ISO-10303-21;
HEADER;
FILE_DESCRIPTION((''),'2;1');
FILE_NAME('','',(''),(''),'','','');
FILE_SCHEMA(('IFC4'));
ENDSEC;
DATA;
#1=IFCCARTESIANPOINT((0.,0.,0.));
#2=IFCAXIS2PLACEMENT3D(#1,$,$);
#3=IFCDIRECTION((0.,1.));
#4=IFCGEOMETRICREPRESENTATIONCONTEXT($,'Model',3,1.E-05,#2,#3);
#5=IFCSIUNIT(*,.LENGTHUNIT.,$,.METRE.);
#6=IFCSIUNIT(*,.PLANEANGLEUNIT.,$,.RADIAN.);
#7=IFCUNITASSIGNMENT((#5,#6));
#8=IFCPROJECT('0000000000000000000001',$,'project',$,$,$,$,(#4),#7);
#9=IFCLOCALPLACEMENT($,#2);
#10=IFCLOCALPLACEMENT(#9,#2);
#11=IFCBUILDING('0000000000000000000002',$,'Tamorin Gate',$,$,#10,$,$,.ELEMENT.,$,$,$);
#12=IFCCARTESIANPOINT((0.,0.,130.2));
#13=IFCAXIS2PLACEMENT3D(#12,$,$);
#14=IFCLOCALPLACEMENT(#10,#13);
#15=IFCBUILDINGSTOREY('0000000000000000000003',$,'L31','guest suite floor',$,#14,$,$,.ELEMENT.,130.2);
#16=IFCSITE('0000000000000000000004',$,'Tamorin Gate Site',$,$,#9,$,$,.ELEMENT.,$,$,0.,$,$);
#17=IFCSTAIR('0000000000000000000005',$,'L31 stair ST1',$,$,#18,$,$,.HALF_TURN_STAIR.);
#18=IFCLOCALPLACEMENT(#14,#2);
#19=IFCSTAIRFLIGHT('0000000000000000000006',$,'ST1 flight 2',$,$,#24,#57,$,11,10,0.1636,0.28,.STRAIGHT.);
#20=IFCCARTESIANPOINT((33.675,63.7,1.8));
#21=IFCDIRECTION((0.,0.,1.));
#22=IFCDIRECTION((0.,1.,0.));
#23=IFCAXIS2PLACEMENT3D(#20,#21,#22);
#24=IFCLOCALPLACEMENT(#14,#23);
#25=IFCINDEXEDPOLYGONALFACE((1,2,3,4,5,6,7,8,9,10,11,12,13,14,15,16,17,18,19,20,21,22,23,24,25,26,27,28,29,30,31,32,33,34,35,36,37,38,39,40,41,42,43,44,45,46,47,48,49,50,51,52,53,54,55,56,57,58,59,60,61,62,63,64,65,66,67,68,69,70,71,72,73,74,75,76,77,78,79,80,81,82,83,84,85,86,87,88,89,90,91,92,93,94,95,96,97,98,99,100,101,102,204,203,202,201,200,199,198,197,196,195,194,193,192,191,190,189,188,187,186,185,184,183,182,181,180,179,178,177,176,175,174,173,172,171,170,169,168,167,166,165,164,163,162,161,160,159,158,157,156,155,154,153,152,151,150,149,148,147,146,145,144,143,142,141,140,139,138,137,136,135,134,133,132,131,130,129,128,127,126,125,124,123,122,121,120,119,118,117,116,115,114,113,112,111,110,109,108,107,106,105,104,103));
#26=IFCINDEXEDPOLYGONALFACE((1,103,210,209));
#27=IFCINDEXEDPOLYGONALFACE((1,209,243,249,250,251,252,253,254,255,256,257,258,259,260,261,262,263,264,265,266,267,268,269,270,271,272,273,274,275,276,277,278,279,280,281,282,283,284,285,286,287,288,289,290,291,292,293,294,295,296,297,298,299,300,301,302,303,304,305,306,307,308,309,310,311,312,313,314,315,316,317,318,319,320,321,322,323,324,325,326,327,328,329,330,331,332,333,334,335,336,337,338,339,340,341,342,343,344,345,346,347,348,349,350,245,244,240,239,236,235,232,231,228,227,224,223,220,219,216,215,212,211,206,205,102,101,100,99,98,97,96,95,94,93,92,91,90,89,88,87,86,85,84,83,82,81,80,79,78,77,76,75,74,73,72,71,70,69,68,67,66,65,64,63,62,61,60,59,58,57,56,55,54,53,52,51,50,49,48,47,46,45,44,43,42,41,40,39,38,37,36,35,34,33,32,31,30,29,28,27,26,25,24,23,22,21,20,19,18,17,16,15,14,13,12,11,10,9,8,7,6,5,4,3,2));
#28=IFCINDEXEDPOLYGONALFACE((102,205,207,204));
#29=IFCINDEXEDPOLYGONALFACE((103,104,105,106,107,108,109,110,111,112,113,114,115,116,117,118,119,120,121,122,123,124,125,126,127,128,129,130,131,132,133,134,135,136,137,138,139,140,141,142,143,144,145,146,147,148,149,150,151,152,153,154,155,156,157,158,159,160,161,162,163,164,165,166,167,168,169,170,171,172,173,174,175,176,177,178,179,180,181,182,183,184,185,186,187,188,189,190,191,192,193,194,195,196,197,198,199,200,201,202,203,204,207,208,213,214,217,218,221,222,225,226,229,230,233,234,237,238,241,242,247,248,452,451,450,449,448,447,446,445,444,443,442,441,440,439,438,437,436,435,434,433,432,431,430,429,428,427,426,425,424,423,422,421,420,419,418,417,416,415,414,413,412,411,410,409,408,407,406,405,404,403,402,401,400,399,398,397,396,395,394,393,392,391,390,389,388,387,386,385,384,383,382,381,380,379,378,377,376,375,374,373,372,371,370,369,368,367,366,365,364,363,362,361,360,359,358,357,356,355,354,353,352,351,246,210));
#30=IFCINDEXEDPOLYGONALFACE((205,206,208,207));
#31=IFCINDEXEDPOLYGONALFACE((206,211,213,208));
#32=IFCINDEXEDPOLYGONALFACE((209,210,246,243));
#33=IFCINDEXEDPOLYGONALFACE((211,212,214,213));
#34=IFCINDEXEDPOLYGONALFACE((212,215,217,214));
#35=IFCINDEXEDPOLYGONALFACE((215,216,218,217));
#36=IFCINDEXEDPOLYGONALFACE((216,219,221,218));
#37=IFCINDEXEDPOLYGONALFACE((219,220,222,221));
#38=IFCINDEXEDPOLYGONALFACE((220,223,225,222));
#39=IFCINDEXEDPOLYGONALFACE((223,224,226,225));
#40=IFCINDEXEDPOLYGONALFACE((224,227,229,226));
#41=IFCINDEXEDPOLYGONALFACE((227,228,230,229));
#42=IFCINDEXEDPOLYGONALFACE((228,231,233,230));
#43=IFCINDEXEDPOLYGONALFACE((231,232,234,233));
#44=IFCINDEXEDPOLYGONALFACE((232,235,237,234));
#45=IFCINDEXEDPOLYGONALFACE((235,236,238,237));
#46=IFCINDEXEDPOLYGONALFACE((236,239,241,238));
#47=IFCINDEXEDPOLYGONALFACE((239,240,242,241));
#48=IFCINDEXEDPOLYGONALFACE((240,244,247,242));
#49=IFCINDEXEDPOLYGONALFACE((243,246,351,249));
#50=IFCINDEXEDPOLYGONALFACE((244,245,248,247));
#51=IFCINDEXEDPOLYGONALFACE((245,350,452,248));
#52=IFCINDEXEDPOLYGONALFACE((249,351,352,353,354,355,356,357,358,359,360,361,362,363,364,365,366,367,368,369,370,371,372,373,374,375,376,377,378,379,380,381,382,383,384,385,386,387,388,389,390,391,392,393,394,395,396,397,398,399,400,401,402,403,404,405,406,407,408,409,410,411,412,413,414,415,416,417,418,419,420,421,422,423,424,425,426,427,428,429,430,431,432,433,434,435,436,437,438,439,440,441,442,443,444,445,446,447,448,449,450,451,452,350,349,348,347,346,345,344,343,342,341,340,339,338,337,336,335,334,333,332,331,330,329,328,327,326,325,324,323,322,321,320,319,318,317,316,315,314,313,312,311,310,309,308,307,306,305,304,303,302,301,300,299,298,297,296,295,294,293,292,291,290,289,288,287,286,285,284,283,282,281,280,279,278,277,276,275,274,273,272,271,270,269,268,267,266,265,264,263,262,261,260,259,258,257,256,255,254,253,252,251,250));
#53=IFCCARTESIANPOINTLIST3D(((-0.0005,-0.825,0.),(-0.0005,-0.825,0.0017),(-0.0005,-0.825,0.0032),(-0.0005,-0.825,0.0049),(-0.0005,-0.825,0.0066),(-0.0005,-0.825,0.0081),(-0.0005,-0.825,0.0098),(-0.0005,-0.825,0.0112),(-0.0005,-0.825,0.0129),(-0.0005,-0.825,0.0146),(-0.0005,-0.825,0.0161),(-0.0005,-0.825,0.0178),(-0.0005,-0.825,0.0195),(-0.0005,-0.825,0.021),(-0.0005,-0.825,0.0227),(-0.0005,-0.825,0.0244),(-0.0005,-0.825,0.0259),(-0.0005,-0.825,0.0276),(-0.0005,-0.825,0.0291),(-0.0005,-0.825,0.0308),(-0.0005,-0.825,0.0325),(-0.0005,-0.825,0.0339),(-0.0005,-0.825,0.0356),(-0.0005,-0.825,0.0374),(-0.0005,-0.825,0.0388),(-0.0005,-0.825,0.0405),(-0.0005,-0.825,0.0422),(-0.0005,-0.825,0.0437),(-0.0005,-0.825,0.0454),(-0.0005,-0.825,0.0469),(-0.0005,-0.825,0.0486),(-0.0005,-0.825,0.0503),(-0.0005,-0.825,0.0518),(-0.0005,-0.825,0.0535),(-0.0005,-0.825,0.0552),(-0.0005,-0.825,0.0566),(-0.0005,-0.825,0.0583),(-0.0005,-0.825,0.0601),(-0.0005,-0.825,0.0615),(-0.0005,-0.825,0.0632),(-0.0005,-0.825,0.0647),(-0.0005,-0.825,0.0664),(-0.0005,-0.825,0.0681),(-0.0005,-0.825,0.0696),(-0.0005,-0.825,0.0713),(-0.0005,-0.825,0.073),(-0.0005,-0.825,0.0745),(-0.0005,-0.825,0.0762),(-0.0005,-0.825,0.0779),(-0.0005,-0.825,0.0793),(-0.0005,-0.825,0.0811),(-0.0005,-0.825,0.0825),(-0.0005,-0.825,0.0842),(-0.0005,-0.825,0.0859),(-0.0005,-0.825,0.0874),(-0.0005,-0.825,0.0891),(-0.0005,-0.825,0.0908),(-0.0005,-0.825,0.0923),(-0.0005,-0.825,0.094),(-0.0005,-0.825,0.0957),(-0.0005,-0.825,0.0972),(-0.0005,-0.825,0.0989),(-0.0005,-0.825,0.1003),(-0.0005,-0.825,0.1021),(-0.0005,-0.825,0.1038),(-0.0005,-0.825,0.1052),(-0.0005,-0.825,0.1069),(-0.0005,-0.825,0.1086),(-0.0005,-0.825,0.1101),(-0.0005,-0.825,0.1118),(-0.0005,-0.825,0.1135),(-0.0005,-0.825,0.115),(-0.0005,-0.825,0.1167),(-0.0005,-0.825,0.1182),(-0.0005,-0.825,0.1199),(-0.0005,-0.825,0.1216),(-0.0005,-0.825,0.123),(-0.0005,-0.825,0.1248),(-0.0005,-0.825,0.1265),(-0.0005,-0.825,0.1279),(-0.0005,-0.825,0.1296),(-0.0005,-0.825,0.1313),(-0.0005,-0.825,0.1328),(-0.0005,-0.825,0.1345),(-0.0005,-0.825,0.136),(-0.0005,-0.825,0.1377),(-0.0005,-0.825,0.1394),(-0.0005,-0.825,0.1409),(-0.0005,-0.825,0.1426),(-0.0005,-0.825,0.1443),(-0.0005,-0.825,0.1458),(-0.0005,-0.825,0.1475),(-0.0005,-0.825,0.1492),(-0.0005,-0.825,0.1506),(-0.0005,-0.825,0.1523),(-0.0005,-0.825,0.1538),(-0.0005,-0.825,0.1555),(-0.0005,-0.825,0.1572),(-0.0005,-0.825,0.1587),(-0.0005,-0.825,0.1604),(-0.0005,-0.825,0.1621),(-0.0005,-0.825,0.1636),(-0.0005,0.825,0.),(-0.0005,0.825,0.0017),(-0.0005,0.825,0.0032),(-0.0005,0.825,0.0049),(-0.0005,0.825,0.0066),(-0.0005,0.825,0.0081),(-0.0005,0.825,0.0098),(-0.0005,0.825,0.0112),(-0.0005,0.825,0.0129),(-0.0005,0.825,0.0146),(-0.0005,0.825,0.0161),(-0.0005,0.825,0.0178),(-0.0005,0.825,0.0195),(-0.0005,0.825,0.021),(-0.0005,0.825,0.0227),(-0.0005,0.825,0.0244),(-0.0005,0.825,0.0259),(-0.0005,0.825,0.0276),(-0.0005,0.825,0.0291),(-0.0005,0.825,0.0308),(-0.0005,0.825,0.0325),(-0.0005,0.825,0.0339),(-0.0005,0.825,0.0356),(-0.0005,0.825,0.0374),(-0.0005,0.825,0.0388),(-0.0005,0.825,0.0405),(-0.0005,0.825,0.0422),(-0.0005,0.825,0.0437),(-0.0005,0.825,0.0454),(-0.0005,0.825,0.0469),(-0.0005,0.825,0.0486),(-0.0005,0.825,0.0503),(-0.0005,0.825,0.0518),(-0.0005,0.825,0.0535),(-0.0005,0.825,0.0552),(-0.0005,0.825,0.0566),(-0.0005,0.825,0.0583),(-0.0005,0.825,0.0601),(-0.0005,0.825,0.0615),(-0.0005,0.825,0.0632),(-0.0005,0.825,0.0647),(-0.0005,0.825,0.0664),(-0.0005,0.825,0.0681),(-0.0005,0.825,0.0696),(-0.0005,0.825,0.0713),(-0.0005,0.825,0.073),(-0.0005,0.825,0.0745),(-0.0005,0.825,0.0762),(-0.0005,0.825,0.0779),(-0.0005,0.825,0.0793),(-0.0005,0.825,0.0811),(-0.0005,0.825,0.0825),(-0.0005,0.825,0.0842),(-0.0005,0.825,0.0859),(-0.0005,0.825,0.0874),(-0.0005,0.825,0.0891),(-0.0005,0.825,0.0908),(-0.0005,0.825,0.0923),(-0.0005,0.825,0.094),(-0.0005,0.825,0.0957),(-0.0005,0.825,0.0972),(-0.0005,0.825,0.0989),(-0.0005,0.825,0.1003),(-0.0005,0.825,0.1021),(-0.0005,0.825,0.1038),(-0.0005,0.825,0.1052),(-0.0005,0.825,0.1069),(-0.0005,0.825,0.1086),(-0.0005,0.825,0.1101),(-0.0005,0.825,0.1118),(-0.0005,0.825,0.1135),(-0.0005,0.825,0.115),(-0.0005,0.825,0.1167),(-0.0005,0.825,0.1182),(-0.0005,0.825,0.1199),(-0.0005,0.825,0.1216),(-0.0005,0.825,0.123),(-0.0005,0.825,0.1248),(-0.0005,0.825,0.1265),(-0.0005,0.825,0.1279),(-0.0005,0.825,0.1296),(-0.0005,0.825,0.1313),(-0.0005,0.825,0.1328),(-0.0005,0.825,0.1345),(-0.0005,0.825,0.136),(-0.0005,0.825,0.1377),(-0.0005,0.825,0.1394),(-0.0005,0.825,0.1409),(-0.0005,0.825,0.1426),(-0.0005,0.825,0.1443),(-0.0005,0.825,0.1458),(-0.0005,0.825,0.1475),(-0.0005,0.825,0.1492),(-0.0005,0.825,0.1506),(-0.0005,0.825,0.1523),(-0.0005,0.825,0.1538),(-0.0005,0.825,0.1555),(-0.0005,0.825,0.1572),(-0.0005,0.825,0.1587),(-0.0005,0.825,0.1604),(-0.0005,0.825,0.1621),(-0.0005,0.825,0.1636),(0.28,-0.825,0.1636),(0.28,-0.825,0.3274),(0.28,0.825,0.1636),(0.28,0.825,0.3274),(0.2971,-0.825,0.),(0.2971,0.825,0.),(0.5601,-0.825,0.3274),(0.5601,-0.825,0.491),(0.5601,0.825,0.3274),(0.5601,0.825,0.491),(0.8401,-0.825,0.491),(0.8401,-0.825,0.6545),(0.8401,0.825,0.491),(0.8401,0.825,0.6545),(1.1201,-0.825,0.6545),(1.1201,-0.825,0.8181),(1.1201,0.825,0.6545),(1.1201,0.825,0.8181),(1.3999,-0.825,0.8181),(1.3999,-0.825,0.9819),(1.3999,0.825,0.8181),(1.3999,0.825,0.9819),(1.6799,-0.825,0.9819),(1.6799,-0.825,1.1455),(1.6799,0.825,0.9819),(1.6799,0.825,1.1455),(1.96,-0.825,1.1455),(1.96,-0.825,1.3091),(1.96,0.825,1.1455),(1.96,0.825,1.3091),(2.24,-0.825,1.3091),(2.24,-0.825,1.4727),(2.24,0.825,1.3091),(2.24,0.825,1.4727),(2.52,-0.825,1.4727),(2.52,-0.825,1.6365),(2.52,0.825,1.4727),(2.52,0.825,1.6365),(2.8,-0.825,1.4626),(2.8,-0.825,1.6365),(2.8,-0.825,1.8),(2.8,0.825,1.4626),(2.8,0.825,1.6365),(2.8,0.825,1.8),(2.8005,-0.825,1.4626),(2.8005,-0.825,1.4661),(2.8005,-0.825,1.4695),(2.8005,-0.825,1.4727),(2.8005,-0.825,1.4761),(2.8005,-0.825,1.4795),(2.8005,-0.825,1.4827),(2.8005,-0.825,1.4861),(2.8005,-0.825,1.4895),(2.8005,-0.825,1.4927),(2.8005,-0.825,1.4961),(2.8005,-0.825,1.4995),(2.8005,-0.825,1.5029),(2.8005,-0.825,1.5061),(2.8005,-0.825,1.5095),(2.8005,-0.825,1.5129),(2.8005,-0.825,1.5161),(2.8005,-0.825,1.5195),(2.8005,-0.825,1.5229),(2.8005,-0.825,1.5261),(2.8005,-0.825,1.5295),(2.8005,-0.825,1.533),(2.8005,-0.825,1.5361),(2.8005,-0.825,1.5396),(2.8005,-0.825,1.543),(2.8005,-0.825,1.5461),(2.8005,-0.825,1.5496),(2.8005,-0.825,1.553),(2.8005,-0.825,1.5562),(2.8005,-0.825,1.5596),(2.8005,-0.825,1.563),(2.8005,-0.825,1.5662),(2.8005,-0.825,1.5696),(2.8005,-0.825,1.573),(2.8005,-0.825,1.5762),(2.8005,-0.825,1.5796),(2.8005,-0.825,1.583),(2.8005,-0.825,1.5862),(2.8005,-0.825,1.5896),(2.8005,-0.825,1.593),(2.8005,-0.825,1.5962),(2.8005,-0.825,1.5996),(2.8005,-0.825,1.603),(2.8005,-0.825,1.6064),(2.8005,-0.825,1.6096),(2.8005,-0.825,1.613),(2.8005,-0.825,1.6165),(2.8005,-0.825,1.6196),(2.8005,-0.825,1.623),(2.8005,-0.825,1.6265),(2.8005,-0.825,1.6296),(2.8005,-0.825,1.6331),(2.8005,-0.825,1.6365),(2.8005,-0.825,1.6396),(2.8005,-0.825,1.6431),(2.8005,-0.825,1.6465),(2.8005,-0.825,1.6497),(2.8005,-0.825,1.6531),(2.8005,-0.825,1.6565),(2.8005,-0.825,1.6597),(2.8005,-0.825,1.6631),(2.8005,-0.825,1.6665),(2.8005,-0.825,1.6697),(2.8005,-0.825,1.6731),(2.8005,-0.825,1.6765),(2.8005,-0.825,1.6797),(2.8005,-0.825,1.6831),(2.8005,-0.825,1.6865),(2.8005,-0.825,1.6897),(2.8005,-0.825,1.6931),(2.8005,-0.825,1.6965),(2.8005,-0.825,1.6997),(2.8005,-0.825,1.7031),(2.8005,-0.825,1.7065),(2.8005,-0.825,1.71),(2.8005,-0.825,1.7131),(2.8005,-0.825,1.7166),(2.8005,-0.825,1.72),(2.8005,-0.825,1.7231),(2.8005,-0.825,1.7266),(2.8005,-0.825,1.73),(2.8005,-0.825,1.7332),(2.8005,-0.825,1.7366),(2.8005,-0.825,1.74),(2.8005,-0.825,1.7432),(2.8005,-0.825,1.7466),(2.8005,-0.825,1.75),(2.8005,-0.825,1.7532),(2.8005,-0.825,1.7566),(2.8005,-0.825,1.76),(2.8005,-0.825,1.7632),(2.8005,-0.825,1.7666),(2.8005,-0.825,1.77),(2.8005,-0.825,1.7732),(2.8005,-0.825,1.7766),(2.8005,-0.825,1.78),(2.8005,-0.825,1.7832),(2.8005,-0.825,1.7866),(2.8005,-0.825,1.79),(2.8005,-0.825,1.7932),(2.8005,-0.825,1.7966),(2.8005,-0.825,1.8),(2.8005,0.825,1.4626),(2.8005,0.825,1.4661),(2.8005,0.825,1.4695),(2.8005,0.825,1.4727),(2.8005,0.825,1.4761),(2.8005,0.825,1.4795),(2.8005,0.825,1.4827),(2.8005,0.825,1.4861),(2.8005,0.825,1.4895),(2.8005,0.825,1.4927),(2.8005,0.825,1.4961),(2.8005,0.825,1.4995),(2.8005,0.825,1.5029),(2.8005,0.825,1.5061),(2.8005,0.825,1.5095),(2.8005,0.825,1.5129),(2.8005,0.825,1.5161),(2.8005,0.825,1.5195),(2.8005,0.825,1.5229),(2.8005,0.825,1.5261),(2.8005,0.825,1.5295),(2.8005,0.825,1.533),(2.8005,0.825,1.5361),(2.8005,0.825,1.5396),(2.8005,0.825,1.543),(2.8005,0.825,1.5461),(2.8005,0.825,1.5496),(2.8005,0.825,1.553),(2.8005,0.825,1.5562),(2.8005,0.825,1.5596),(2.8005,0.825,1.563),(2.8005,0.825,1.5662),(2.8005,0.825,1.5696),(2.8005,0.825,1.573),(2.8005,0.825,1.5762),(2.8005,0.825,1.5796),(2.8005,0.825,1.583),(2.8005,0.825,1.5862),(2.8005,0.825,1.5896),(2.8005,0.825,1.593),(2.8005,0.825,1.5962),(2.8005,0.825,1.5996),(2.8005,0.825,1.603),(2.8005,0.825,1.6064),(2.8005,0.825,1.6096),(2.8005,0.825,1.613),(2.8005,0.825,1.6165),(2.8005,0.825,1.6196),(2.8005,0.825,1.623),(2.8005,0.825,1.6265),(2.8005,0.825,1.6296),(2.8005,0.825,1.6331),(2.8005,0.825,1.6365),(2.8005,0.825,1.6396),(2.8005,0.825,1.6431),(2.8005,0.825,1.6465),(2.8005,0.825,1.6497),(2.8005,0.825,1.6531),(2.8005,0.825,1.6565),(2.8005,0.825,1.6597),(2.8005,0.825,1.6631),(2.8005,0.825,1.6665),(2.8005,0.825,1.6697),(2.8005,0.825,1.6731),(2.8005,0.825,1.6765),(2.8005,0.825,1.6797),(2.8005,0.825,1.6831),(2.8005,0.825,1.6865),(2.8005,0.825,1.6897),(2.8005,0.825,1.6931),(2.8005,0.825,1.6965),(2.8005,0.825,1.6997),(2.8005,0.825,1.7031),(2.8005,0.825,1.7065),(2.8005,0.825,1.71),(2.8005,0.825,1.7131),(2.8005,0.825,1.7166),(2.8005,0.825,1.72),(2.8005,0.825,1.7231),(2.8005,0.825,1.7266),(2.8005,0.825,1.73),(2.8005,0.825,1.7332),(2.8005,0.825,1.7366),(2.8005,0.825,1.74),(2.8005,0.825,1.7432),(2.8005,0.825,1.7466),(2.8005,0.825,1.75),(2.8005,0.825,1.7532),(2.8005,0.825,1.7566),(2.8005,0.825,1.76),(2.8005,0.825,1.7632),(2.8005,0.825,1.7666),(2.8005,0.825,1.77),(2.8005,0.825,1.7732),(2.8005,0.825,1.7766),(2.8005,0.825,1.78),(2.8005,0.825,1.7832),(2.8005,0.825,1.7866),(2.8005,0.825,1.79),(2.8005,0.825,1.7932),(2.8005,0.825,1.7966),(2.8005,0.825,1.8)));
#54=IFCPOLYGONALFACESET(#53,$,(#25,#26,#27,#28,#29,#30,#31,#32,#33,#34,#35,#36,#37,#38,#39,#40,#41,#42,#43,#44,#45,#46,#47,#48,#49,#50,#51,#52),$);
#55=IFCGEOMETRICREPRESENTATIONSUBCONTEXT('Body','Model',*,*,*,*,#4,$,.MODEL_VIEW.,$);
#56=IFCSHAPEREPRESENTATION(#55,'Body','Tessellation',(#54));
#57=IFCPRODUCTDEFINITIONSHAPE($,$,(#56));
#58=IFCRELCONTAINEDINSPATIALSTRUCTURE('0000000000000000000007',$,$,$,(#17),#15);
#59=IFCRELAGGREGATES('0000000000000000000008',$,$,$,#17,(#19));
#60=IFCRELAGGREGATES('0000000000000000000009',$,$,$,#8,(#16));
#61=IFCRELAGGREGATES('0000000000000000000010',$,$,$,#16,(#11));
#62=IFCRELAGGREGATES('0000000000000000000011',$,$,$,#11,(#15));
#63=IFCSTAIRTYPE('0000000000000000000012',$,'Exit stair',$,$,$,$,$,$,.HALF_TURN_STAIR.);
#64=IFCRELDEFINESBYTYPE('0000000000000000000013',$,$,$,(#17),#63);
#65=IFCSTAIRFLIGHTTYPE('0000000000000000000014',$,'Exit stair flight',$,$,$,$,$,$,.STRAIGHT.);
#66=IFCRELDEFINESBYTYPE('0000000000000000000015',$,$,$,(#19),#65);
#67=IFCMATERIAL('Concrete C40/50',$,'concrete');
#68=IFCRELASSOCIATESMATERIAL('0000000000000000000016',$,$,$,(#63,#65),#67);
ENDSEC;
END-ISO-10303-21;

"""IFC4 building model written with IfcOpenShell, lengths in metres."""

from ifc_helpers import new_model, si_unit, direction, frame, origin, place, context, subcontext, project, spatial, polyline, outline, extrude, material, type_object, element, aggregate, save


model = new_model("IFC4")

# Units and contexts
model_context = context("Model", 3, precision=1e-05, world=origin(), true_north=direction((0.0, 1.0)))
body_context = subcontext(model_context, "Body", "Model", "MODEL_VIEW")
ifc_project = project(units=[si_unit("LENGTHUNIT", "METRE"), si_unit("PLANEANGLEUNIT", "RADIAN")], contexts=[model_context])

# Site, building, storey
site_placement = place(None, origin())
site = spatial("IfcSite", under=ifc_project, at=site_placement, Name="Tamorin Gate Site", CompositionType="ELEMENT", RefElevation=0.0)
building_placement = place(site_placement, origin())
building = spatial("IfcBuilding", under=site, at=building_placement, Name="Tamorin Gate", CompositionType="ELEMENT")
storey_placement = place(building_placement, frame((0.0, 0.0, 130.2)))
storey = spatial("IfcBuildingStorey", under=building, at=storey_placement, Name="L31", Description="guest suite floor", CompositionType="ELEMENT", Elevation=130.2)

# Shared definitions
ifc_material_1 = material(Name="Concrete C40/50", Category="concrete")

# Stair, stair flight
stair_type = type_object("IfcStairType", Name="Exit stair", PredefinedType="HALF_TURN_STAIR", material=ifc_material_1)
stair_1_placement = place(storey_placement, origin())
stair_1 = element("IfcStair", 1, at=stair_1_placement, inside=storey, type_object=stair_type, Name="L31 stair ST1", PredefinedType="HALF_TURN_STAIR")
stair_flight_type = type_object("IfcStairFlightType", Name="Exit stair flight", PredefinedType="STRAIGHT", material=ifc_material_1)
stair_flight_1_placement = place(storey_placement, frame((33.675, 63.7, 1.8), z_axis=(0.0, 0.0, 1.0), x_axis=(0.0, 1.0, 0.0)))
stair_flight_1 = element("IfcStairFlight", 2, at=stair_flight_1_placement, type_object=stair_flight_type, Name="ST1 flight 2", NumberOfRisers=11, NumberOfTreads=10, PredefinedType="STRAIGHT", RiserHeight=0.1636, TreadLength=0.28, context=body_context, shape_type="SweptSolid", body=[
    extrude(outline(polyline([(-0.0005, 0.0), (-0.0005, 0.0017), (-0.0005, 0.0032), (-0.0005, 0.0049), (-0.0005, 0.0066), (-0.0005, 0.0081), (-0.0005, 0.0098), (-0.0005, 0.0112), (-0.0005, 0.0129), (-0.0005, 0.0146), (-0.0005, 0.0161), (-0.0005, 0.0178), (-0.0005, 0.0195), (-0.0005, 0.021), (-0.0005, 0.0227), (-0.0005, 0.0244), (-0.0005, 0.0259), (-0.0005, 0.0276), (-0.0005, 0.0291), (-0.0005, 0.0308), (-0.0005, 0.0325), (-0.0005, 0.0339), (-0.0005, 0.0356), (-0.0005, 0.0374), (-0.0005, 0.0388), (-0.0005, 0.0405), (-0.0005, 0.0422), (-0.0005, 0.0437), (-0.0005, 0.0454), (-0.0005, 0.0469), (-0.0005, 0.0486), (-0.0005, 0.0503), (-0.0005, 0.0518), (-0.0005, 0.0535), (-0.0005, 0.0552), (-0.0005, 0.0566), (-0.0005, 0.0583), (-0.0005, 0.0601), (-0.0005, 0.0615), (-0.0005, 0.0632), (-0.0005, 0.0647), (-0.0005, 0.0664), (-0.0005, 0.0681), (-0.0005, 0.0696), (-0.0005, 0.0713), (-0.0005, 0.073), (-0.0005, 0.0745), (-0.0005, 0.0762), (-0.0005, 0.0779), (-0.0005, 0.0793), (-0.0005, 0.0811), (-0.0005, 0.0825), (-0.0005, 0.0842), (-0.0005, 0.0859), (-0.0005, 0.0874), (-0.0005, 0.0891), (-0.0005, 0.0908), (-0.0005, 0.0923), (-0.0005, 0.094), (-0.0005, 0.0957), (-0.0005, 0.0972), (-0.0005, 0.0989), (-0.0005, 0.1003), (-0.0005, 0.1021), (-0.0005, 0.1038), (-0.0005, 0.1052), (-0.0005, 0.1069), (-0.0005, 0.1086), (-0.0005, 0.1101), (-0.0005, 0.1118), (-0.0005, 0.1135), (-0.0005, 0.115), (-0.0005, 0.1167), (-0.0005, 0.1182), (-0.0005, 0.1199), (-0.0005, 0.1216), (-0.0005, 0.123), (-0.0005, 0.1248), (-0.0005, 0.1265), (-0.0005, 0.1279), (-0.0005, 0.1296), (-0.0005, 0.1313), (-0.0005, 0.1328), (-0.0005, 0.1345), (-0.0005, 0.136), (-0.0005, 0.1377), (-0.0005, 0.1394), (-0.0005, 0.1409), (-0.0005, 0.1426), (-0.0005, 0.1443), (-0.0005, 0.1458), (-0.0005, 0.1475), (-0.0005, 0.1492), (-0.0005, 0.1506), (-0.0005, 0.1523), (-0.0005, 0.1538), (-0.0005, 0.1555), (-0.0005, 0.1572), (-0.0005, 0.1587), (-0.0005, 0.1604), (-0.0005, 0.1621), (-0.0005, 0.1636), (0.28, 0.1636), (0.28, 0.3274), (0.5601, 0.3274), (0.5601, 0.491), (0.8401, 0.491), (0.8401, 0.6545), (1.1201, 0.6545), (1.1201, 0.8181), (1.3999, 0.8181), (1.3999, 0.9819), (1.6799, 0.9819), (1.6799, 1.1455), (1.96, 1.1455), (1.96, 1.3091), (2.24, 1.3091), (2.24, 1.4727), (2.52, 1.4727), (2.52, 1.6365), (2.8, 1.6365), (2.8, 1.8), (2.8005, 1.8), (2.8005, 1.7966), (2.8005, 1.7932), (2.8005, 1.79), (2.8005, 1.7866), (2.8005, 1.7832), (2.8005, 1.78), (2.8005, 1.7766), (2.8005, 1.7732), (2.8005, 1.77), (2.8005, 1.7666), (2.8005, 1.7632), (2.8005, 1.76), (2.8005, 1.7566), (2.8005, 1.7532), (2.8005, 1.75), (2.8005, 1.7466), (2.8005, 1.7432), (2.8005, 1.74), (2.8005, 1.7366), (2.8005, 1.7332), (2.8005, 1.73), (2.8005, 1.7266), (2.8005, 1.7231), (2.8005, 1.72), (2.8005, 1.7166), (2.8005, 1.7131), (2.8005, 1.71), (2.8005, 1.7065), (2.8005, 1.7031), (2.8005, 1.6997), (2.8005, 1.6965), (2.8005, 1.6931), (2.8005, 1.6897), (2.8005, 1.6865), (2.8005, 1.6831), (2.8005, 1.6797), (2.8005, 1.6765), (2.8005, 1.6731), (2.8005, 1.6697), (2.8005, 1.6665), (2.8005, 1.6631), (2.8005, 1.6597), (2.8005, 1.6565), (2.8005, 1.6531), (2.8005, 1.6497), (2.8005, 1.6465), (2.8005, 1.6431), (2.8005, 1.6396), (2.8005, 1.6365), (2.8005, 1.6331), (2.8005, 1.6296), (2.8005, 1.6265), (2.8005, 1.623), (2.8005, 1.6196), (2.8005, 1.6165), (2.8005, 1.613), (2.8005, 1.6096), (2.8005, 1.6064), (2.8005, 1.603), (2.8005, 1.5996), (2.8005, 1.5962), (2.8005, 1.593), (2.8005, 1.5896), (2.8005, 1.5862), (2.8005, 1.583), (2.8005, 1.5796), (2.8005, 1.5762), (2.8005, 1.573), (2.8005, 1.5696), (2.8005, 1.5662), (2.8005, 1.563), (2.8005, 1.5596), (2.8005, 1.5562), (2.8005, 1.553), (2.8005, 1.5496), (2.8005, 1.5461), (2.8005, 1.543), (2.8005, 1.5396), (2.8005, 1.5361), (2.8005, 1.533), (2.8005, 1.5295), (2.8005, 1.5261), (2.8005, 1.5229), (2.8005, 1.5195), (2.8005, 1.5161), (2.8005, 1.5129), (2.8005, 1.5095), (2.8005, 1.5061), (2.8005, 1.5029), (2.8005, 1.4995), (2.8005, 1.4961), (2.8005, 1.4927), (2.8005, 1.4895), (2.8005, 1.4861), (2.8005, 1.4827), (2.8005, 1.4795), (2.8005, 1.4761), (2.8005, 1.4727), (2.8005, 1.4695), (2.8005, 1.4661), (2.8005, 1.4626), (2.8, 1.4626), (0.2971, 0.0), (-0.0005, 0.0)])), frame((0.0, 0.825, 0.0), z_axis=(0.0, -1.0, 0.0), x_axis=(1.0, 0.0, 0.0)), (0.0, 0.0, 1.0), 1.6499),
])
aggregate(stair_1, [stair_flight_1])

save(model, "model.ifc")
